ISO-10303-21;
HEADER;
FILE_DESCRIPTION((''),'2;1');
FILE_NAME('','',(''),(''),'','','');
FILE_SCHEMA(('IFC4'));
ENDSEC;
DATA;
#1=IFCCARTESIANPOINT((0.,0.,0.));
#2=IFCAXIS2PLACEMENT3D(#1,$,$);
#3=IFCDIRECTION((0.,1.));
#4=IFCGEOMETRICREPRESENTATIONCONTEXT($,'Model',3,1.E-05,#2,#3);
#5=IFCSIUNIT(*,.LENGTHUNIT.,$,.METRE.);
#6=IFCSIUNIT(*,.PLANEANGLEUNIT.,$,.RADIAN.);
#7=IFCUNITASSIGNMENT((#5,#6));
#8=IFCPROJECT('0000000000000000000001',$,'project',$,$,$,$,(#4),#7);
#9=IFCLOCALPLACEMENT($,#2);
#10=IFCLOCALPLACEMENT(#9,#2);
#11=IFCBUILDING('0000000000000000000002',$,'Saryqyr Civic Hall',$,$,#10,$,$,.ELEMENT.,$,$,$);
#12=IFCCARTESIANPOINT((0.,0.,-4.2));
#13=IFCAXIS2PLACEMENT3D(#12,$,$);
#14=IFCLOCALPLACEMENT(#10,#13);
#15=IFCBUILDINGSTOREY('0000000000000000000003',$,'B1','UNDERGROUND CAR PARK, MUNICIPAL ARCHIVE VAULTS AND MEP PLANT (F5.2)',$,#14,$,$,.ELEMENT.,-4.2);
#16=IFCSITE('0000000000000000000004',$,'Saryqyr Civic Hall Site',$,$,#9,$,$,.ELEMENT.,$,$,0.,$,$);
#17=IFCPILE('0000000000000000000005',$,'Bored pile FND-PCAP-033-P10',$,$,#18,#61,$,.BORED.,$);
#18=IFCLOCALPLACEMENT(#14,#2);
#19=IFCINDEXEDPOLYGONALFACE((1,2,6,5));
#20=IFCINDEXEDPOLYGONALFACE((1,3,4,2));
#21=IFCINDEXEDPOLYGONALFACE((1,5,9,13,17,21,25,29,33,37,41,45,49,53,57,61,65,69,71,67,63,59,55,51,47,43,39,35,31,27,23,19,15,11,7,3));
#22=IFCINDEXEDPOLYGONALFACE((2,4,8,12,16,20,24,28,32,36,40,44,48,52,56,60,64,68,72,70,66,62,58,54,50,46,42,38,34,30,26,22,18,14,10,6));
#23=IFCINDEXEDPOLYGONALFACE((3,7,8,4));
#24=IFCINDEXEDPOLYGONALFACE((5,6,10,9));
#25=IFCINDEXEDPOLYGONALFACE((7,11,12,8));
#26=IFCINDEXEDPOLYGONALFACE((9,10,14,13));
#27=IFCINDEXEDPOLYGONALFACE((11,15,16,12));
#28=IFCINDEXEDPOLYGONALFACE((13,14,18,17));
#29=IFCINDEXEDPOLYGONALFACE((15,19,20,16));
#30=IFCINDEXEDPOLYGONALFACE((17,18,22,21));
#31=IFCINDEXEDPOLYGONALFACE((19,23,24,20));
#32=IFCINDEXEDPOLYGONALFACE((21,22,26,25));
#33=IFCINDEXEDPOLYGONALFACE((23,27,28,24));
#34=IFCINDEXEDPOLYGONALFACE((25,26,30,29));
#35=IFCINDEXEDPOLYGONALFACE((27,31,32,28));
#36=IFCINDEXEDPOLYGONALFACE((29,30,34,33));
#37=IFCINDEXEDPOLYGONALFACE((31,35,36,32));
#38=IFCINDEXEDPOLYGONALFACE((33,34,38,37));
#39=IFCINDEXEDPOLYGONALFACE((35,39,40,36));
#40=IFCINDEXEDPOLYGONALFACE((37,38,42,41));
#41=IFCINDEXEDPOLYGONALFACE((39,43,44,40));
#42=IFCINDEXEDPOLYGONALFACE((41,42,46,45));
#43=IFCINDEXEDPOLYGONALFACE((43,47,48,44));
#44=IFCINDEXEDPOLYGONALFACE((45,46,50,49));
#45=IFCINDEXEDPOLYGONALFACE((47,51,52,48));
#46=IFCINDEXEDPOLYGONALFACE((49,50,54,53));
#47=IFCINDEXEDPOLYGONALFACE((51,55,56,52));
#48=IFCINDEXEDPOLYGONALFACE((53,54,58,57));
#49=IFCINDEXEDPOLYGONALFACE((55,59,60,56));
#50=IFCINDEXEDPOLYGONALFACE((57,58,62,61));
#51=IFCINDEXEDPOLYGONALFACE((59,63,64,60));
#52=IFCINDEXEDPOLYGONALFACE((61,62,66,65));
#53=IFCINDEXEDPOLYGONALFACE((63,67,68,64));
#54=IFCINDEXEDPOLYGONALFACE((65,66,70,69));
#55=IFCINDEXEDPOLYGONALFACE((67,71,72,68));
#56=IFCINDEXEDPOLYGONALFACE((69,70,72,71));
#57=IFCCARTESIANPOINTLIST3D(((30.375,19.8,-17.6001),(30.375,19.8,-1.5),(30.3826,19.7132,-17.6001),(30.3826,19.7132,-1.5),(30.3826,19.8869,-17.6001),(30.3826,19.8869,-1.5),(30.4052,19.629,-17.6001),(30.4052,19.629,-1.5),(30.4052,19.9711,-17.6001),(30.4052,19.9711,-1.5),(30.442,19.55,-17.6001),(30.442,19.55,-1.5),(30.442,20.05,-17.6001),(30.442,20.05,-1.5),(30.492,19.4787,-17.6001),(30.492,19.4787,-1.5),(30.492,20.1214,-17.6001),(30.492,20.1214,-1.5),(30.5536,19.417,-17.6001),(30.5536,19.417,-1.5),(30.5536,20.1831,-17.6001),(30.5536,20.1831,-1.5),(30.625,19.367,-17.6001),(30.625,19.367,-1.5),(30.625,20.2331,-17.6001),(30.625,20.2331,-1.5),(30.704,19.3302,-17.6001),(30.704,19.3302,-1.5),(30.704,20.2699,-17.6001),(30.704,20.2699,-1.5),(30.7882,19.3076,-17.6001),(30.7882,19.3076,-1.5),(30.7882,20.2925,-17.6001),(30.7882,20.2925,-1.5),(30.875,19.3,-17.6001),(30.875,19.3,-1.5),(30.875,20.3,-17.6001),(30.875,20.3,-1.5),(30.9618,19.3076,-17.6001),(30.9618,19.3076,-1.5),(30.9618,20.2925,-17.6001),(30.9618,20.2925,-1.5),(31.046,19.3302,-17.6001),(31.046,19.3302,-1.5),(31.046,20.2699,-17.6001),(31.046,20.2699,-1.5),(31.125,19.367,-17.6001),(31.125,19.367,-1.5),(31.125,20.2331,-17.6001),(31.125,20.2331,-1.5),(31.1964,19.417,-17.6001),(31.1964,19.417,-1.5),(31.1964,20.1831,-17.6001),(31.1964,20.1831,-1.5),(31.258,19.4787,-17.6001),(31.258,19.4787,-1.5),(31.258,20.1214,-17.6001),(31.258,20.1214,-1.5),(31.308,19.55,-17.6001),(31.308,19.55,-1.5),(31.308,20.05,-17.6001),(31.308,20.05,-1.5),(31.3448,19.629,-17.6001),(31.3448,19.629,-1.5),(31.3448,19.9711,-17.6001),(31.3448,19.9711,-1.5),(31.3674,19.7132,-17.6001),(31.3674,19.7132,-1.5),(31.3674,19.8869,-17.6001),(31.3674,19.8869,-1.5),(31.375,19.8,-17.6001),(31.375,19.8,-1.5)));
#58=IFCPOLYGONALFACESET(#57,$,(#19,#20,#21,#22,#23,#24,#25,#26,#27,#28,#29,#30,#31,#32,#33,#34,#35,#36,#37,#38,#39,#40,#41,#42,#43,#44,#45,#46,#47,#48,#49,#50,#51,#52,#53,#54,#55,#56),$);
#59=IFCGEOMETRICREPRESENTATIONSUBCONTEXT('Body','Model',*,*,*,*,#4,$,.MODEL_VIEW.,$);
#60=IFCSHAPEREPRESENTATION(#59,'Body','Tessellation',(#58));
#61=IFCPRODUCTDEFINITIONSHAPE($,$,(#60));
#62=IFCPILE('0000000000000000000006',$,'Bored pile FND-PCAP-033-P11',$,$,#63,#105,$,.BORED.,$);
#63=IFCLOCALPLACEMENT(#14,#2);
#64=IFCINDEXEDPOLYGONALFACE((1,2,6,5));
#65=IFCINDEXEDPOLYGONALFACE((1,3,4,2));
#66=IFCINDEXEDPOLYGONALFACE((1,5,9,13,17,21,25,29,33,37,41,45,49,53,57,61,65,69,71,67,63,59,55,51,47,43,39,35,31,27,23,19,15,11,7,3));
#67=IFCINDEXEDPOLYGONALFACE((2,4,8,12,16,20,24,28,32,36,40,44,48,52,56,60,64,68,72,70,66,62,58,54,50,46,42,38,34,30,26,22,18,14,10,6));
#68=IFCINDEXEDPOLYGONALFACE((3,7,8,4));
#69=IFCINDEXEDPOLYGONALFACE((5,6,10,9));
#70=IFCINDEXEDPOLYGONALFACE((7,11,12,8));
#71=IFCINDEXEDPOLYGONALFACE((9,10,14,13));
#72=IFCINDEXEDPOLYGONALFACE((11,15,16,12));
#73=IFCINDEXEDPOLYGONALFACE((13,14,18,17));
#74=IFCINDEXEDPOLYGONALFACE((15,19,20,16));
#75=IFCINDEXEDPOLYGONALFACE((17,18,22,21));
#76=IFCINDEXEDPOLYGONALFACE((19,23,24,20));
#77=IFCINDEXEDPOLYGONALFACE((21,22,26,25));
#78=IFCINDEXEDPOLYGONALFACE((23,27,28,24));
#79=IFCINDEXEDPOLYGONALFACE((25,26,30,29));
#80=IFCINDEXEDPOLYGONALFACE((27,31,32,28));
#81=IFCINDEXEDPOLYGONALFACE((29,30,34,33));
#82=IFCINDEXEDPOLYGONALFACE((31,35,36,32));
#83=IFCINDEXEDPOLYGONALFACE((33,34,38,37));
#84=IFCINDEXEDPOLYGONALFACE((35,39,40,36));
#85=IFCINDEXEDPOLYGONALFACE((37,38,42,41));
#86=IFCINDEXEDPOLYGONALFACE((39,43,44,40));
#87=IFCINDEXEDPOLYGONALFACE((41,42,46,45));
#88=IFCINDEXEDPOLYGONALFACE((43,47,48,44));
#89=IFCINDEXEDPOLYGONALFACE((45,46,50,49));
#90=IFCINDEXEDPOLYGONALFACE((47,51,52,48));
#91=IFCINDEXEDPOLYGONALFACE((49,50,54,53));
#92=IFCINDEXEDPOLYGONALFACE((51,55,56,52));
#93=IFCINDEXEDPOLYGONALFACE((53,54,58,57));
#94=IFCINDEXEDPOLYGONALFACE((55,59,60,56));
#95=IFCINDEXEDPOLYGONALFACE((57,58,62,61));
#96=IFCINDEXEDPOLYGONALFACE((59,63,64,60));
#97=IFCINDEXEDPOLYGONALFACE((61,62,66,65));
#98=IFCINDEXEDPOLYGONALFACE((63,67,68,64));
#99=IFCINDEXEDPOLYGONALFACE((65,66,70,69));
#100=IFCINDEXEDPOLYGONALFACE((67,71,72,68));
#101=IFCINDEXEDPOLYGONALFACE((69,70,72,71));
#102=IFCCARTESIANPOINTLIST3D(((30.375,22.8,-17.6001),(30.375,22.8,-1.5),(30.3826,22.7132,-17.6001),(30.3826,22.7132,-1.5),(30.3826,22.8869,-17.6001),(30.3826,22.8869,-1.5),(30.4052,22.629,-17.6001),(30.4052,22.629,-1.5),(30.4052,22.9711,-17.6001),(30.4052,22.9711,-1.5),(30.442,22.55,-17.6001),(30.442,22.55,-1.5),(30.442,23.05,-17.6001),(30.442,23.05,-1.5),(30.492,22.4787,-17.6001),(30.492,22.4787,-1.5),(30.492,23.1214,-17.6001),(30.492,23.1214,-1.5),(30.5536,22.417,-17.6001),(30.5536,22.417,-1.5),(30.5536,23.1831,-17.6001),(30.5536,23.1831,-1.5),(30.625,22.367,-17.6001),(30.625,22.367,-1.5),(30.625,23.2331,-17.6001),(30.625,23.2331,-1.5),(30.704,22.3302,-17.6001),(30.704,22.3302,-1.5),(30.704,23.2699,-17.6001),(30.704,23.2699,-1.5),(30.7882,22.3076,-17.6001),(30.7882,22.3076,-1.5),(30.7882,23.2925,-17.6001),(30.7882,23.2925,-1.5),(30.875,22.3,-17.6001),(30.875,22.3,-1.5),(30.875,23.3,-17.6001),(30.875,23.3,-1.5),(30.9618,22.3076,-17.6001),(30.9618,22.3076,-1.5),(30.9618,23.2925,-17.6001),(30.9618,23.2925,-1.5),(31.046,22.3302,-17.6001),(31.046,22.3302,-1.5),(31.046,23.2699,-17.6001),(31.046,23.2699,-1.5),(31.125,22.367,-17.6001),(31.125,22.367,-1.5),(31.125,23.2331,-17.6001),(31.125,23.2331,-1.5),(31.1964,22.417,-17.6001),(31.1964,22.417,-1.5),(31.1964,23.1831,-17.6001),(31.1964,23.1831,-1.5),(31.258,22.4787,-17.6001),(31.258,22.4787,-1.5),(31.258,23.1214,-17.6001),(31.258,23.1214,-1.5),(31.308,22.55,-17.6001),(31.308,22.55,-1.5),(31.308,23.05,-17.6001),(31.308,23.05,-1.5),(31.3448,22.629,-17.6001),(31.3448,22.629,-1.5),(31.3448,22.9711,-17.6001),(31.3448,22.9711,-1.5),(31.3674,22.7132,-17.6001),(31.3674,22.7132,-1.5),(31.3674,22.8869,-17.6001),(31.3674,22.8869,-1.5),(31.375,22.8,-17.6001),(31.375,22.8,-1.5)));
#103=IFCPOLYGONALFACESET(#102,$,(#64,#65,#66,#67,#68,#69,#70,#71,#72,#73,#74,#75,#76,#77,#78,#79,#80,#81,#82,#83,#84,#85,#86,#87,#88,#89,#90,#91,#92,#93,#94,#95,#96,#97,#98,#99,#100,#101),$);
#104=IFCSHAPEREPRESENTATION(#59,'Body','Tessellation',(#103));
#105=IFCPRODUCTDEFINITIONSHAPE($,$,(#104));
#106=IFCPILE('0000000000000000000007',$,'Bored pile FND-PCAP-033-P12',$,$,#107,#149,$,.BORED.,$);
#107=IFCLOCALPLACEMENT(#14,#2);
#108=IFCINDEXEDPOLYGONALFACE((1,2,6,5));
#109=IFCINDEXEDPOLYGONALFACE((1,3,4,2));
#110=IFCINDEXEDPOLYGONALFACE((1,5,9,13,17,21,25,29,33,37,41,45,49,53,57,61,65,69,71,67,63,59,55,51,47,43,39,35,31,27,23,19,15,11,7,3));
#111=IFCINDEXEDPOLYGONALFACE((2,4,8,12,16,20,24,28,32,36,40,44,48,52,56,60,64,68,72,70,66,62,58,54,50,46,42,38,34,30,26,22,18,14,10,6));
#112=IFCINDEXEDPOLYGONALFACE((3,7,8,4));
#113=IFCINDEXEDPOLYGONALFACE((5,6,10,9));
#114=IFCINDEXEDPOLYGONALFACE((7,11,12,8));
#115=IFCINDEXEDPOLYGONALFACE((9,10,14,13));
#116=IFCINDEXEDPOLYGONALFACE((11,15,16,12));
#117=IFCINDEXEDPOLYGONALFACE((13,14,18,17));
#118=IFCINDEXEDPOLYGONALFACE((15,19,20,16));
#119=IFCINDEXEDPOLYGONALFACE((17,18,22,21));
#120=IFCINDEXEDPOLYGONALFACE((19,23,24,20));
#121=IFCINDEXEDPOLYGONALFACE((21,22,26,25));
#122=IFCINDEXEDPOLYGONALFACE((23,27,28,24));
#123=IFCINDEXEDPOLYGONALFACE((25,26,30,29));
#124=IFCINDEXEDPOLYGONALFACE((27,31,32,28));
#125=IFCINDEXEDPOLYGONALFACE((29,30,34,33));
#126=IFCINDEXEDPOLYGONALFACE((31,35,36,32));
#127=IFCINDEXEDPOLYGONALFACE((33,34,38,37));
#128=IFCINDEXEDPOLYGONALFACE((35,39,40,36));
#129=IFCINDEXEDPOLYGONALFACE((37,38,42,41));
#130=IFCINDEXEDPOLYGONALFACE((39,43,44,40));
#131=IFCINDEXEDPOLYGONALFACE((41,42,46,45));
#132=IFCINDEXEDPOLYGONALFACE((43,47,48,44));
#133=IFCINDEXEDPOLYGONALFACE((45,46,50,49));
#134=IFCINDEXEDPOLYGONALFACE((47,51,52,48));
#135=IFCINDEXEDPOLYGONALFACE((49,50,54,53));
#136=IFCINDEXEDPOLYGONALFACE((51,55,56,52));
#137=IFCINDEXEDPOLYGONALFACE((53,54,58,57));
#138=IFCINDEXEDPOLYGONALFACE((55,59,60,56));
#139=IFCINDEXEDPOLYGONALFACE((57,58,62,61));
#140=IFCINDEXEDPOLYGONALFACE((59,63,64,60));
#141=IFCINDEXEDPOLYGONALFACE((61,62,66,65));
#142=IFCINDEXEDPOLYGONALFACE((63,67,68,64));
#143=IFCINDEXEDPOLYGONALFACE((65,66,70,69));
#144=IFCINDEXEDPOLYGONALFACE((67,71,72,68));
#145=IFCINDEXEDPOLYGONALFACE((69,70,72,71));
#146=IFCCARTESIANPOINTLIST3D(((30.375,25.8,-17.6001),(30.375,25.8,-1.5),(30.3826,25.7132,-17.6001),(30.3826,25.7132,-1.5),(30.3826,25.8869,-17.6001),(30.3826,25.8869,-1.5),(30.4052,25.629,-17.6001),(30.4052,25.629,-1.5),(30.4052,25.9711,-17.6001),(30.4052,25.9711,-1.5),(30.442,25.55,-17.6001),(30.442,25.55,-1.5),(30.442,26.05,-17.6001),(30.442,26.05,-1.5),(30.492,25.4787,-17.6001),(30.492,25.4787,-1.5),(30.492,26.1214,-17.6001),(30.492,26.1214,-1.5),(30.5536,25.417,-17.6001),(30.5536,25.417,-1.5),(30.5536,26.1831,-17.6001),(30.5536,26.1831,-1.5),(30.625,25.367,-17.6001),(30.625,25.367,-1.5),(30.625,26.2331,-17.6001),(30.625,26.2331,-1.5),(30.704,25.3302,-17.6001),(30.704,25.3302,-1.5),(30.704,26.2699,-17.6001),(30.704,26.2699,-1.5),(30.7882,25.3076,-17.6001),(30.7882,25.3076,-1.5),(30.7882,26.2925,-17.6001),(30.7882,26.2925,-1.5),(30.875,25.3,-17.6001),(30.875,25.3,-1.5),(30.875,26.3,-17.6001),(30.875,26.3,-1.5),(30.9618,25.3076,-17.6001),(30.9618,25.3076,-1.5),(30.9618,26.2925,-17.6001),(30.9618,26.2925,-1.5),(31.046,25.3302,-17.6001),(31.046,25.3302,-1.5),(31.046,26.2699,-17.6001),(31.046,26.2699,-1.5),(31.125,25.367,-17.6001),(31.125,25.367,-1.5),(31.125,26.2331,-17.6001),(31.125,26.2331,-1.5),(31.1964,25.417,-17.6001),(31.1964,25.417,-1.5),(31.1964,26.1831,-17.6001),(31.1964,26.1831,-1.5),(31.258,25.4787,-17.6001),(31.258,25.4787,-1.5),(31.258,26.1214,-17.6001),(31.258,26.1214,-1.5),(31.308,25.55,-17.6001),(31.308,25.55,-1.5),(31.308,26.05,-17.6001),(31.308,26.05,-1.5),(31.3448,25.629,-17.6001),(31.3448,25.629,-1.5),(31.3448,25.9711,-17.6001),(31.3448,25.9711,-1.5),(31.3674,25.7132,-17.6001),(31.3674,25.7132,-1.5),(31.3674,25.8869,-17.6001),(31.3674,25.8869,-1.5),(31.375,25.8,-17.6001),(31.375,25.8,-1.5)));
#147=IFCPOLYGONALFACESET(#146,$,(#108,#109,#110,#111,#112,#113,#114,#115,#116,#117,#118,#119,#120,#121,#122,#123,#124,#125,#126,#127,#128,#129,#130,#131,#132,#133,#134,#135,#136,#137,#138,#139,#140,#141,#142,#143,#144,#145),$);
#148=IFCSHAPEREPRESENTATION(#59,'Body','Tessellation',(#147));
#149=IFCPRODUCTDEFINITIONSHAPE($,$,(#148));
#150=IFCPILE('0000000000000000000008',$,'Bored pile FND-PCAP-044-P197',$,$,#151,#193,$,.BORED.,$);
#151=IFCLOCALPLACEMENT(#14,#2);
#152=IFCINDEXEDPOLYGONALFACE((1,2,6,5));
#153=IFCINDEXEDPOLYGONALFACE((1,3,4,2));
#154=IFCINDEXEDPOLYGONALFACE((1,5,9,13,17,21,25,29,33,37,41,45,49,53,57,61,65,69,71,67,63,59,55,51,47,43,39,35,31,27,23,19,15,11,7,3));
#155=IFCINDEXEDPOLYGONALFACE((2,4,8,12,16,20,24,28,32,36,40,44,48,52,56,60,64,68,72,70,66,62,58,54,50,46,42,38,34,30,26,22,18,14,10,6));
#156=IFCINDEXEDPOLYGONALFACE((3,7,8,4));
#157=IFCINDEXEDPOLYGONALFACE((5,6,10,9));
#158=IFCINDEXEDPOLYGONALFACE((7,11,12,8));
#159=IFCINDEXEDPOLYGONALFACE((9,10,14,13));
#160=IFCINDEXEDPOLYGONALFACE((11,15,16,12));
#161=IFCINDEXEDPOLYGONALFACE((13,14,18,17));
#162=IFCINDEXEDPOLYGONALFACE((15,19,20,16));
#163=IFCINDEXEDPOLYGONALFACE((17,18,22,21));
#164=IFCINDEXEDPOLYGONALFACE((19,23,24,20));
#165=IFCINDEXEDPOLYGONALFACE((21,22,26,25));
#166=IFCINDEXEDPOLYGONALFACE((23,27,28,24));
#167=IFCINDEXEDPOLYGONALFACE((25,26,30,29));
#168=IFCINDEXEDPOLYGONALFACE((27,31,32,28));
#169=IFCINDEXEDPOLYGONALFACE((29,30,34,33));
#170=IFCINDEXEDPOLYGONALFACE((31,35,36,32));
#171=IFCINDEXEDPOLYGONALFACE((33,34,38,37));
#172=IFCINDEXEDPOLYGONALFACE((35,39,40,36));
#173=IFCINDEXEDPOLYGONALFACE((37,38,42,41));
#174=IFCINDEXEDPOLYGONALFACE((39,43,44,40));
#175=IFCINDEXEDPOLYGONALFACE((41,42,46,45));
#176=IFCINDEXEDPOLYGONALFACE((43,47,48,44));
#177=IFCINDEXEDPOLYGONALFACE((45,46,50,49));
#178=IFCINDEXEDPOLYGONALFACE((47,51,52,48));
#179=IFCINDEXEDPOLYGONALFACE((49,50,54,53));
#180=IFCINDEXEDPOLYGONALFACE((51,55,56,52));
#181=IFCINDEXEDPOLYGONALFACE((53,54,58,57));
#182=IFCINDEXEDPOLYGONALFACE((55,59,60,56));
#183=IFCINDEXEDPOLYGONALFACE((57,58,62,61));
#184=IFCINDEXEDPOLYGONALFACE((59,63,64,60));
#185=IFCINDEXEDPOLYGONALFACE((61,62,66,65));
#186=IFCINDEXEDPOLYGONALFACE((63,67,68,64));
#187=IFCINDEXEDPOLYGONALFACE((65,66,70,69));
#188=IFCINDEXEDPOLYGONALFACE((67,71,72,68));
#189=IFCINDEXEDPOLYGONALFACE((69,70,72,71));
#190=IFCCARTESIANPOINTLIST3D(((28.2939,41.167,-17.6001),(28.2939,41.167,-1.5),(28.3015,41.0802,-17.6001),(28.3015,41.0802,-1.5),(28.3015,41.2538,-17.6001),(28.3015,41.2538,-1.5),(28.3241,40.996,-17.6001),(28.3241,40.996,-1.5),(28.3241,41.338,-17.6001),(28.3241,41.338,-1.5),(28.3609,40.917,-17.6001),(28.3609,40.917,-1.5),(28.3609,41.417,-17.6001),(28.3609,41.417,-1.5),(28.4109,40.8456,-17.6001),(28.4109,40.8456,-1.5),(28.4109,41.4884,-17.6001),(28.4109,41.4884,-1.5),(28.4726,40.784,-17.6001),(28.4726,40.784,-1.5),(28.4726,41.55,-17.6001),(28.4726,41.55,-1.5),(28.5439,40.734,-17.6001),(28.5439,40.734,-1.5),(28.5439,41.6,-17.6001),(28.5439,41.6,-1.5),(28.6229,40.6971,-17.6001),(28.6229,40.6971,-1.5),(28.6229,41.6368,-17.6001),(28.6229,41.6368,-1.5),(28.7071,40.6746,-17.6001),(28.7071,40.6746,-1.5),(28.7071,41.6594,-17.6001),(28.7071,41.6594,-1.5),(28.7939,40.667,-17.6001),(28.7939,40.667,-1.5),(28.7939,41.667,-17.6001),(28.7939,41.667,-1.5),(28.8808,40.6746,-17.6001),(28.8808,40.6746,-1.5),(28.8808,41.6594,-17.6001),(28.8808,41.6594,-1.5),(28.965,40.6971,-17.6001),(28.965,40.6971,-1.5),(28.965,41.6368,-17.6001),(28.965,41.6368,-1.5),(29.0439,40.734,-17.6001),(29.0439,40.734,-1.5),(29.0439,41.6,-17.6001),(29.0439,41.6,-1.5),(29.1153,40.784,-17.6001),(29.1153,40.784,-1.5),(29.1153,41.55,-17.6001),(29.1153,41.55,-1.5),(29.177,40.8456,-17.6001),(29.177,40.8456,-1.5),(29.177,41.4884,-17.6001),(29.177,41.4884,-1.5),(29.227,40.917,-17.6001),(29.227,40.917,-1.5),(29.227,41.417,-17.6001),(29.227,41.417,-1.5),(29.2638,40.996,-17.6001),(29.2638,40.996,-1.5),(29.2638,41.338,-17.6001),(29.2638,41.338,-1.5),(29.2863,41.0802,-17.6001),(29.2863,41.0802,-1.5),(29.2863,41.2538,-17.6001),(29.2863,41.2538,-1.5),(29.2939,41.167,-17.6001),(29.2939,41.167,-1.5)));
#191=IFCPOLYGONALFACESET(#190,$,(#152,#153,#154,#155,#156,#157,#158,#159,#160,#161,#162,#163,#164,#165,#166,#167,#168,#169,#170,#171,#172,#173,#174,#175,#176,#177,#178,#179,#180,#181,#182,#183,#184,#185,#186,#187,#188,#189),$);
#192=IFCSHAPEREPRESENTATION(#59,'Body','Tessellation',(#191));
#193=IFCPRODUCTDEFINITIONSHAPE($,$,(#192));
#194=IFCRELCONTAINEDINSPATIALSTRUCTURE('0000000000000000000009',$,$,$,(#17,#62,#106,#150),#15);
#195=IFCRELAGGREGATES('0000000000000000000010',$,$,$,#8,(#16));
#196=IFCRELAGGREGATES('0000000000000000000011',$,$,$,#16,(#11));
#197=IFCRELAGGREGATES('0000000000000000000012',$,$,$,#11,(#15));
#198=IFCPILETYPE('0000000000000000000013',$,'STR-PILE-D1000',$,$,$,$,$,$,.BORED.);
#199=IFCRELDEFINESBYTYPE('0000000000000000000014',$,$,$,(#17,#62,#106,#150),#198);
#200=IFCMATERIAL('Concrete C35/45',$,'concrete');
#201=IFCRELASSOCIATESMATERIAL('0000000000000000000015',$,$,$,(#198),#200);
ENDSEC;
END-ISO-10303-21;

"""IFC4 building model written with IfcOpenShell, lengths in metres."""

from ifc_helpers import new_model, si_unit, direction, frame, origin, origin_2d, place, context, subcontext, project, spatial, circle, extrude, material, material_profile, profile_set, type_object, element, save


model = new_model("IFC4")

# Units and contexts
model_context = context("Model", 3, precision=1e-05, world=origin(), true_north=direction((0.0, 1.0)))
body_context = subcontext(model_context, "Body", "Model", "MODEL_VIEW")
ifc_project = project(units=[si_unit("LENGTHUNIT", "METRE"), si_unit("PLANEANGLEUNIT", "RADIAN")], contexts=[model_context])

# Site, building, storey
site_placement = place(None, origin())
site = spatial("IfcSite", under=ifc_project, at=site_placement, Name="Saryqyr Civic Hall Site", CompositionType="ELEMENT", RefElevation=0.0)
building_placement = place(site_placement, origin())
building = spatial("IfcBuilding", under=site, at=building_placement, Name="Saryqyr Civic Hall", CompositionType="ELEMENT")
storey_placement = place(building_placement, frame((0.0, 0.0, -4.2)))
storey = spatial("IfcBuildingStorey", under=building, at=storey_placement, Name="B1", Description="UNDERGROUND CAR PARK, MUNICIPAL ARCHIVE VAULTS AND MEP PLANT (F5.2)", CompositionType="ELEMENT", Elevation=-4.2)

# Shared definitions
ifc_material_1 = material(Name="Concrete C35/45", Category="concrete")

# Piles
ifc_material_profile_1 = material_profile(ifc_material_1, circle(Radius=0.5, at=origin_2d()), Name="BORED PILE D1000")
ifc_profile_set_1 = profile_set([ifc_material_profile_1], Name="Concrete C35/45")
pile_type_1 = type_object("IfcPileType", Name="STR-PILE-D1000", PredefinedType="BORED", material=ifc_profile_set_1)
for number, where, z_axis, x_axis, name in (
    (1, (30.875, 19.8, -1.5), (0.0, 0.0, -1.0), (1.0, 0.0, 0.0), "Bored pile FND-PCAP-033-P10"),
    (2, (30.875, 22.8, -1.5), (0.0, 0.0, -1.0), (1.0, 0.0, 0.0), "Bored pile FND-PCAP-033-P11"),
    (3, (30.875, 25.8, -1.5), (0.0, 0.0, -1.0), (1.0, 0.0, 0.0), "Bored pile FND-PCAP-033-P12"),
    (4, (28.7939, 41.167, -1.5), (0.0, 0.0, -1.0), (1.0, 0.0, 0.0), "Bored pile FND-PCAP-044-P197"),
):
    element("IfcPile", number, at=place(storey_placement, frame(where, z_axis=z_axis, x_axis=x_axis)), inside=storey, type_object=pile_type_1, Name=name, PredefinedType="BORED", context=body_context, shape_type="SweptSolid", body=[
        extrude(circle(Radius=0.5, at=origin_2d()), origin(), (0.0, 0.0, 1.0), 16.1001),
    ])

save(model, "model.ifc")
